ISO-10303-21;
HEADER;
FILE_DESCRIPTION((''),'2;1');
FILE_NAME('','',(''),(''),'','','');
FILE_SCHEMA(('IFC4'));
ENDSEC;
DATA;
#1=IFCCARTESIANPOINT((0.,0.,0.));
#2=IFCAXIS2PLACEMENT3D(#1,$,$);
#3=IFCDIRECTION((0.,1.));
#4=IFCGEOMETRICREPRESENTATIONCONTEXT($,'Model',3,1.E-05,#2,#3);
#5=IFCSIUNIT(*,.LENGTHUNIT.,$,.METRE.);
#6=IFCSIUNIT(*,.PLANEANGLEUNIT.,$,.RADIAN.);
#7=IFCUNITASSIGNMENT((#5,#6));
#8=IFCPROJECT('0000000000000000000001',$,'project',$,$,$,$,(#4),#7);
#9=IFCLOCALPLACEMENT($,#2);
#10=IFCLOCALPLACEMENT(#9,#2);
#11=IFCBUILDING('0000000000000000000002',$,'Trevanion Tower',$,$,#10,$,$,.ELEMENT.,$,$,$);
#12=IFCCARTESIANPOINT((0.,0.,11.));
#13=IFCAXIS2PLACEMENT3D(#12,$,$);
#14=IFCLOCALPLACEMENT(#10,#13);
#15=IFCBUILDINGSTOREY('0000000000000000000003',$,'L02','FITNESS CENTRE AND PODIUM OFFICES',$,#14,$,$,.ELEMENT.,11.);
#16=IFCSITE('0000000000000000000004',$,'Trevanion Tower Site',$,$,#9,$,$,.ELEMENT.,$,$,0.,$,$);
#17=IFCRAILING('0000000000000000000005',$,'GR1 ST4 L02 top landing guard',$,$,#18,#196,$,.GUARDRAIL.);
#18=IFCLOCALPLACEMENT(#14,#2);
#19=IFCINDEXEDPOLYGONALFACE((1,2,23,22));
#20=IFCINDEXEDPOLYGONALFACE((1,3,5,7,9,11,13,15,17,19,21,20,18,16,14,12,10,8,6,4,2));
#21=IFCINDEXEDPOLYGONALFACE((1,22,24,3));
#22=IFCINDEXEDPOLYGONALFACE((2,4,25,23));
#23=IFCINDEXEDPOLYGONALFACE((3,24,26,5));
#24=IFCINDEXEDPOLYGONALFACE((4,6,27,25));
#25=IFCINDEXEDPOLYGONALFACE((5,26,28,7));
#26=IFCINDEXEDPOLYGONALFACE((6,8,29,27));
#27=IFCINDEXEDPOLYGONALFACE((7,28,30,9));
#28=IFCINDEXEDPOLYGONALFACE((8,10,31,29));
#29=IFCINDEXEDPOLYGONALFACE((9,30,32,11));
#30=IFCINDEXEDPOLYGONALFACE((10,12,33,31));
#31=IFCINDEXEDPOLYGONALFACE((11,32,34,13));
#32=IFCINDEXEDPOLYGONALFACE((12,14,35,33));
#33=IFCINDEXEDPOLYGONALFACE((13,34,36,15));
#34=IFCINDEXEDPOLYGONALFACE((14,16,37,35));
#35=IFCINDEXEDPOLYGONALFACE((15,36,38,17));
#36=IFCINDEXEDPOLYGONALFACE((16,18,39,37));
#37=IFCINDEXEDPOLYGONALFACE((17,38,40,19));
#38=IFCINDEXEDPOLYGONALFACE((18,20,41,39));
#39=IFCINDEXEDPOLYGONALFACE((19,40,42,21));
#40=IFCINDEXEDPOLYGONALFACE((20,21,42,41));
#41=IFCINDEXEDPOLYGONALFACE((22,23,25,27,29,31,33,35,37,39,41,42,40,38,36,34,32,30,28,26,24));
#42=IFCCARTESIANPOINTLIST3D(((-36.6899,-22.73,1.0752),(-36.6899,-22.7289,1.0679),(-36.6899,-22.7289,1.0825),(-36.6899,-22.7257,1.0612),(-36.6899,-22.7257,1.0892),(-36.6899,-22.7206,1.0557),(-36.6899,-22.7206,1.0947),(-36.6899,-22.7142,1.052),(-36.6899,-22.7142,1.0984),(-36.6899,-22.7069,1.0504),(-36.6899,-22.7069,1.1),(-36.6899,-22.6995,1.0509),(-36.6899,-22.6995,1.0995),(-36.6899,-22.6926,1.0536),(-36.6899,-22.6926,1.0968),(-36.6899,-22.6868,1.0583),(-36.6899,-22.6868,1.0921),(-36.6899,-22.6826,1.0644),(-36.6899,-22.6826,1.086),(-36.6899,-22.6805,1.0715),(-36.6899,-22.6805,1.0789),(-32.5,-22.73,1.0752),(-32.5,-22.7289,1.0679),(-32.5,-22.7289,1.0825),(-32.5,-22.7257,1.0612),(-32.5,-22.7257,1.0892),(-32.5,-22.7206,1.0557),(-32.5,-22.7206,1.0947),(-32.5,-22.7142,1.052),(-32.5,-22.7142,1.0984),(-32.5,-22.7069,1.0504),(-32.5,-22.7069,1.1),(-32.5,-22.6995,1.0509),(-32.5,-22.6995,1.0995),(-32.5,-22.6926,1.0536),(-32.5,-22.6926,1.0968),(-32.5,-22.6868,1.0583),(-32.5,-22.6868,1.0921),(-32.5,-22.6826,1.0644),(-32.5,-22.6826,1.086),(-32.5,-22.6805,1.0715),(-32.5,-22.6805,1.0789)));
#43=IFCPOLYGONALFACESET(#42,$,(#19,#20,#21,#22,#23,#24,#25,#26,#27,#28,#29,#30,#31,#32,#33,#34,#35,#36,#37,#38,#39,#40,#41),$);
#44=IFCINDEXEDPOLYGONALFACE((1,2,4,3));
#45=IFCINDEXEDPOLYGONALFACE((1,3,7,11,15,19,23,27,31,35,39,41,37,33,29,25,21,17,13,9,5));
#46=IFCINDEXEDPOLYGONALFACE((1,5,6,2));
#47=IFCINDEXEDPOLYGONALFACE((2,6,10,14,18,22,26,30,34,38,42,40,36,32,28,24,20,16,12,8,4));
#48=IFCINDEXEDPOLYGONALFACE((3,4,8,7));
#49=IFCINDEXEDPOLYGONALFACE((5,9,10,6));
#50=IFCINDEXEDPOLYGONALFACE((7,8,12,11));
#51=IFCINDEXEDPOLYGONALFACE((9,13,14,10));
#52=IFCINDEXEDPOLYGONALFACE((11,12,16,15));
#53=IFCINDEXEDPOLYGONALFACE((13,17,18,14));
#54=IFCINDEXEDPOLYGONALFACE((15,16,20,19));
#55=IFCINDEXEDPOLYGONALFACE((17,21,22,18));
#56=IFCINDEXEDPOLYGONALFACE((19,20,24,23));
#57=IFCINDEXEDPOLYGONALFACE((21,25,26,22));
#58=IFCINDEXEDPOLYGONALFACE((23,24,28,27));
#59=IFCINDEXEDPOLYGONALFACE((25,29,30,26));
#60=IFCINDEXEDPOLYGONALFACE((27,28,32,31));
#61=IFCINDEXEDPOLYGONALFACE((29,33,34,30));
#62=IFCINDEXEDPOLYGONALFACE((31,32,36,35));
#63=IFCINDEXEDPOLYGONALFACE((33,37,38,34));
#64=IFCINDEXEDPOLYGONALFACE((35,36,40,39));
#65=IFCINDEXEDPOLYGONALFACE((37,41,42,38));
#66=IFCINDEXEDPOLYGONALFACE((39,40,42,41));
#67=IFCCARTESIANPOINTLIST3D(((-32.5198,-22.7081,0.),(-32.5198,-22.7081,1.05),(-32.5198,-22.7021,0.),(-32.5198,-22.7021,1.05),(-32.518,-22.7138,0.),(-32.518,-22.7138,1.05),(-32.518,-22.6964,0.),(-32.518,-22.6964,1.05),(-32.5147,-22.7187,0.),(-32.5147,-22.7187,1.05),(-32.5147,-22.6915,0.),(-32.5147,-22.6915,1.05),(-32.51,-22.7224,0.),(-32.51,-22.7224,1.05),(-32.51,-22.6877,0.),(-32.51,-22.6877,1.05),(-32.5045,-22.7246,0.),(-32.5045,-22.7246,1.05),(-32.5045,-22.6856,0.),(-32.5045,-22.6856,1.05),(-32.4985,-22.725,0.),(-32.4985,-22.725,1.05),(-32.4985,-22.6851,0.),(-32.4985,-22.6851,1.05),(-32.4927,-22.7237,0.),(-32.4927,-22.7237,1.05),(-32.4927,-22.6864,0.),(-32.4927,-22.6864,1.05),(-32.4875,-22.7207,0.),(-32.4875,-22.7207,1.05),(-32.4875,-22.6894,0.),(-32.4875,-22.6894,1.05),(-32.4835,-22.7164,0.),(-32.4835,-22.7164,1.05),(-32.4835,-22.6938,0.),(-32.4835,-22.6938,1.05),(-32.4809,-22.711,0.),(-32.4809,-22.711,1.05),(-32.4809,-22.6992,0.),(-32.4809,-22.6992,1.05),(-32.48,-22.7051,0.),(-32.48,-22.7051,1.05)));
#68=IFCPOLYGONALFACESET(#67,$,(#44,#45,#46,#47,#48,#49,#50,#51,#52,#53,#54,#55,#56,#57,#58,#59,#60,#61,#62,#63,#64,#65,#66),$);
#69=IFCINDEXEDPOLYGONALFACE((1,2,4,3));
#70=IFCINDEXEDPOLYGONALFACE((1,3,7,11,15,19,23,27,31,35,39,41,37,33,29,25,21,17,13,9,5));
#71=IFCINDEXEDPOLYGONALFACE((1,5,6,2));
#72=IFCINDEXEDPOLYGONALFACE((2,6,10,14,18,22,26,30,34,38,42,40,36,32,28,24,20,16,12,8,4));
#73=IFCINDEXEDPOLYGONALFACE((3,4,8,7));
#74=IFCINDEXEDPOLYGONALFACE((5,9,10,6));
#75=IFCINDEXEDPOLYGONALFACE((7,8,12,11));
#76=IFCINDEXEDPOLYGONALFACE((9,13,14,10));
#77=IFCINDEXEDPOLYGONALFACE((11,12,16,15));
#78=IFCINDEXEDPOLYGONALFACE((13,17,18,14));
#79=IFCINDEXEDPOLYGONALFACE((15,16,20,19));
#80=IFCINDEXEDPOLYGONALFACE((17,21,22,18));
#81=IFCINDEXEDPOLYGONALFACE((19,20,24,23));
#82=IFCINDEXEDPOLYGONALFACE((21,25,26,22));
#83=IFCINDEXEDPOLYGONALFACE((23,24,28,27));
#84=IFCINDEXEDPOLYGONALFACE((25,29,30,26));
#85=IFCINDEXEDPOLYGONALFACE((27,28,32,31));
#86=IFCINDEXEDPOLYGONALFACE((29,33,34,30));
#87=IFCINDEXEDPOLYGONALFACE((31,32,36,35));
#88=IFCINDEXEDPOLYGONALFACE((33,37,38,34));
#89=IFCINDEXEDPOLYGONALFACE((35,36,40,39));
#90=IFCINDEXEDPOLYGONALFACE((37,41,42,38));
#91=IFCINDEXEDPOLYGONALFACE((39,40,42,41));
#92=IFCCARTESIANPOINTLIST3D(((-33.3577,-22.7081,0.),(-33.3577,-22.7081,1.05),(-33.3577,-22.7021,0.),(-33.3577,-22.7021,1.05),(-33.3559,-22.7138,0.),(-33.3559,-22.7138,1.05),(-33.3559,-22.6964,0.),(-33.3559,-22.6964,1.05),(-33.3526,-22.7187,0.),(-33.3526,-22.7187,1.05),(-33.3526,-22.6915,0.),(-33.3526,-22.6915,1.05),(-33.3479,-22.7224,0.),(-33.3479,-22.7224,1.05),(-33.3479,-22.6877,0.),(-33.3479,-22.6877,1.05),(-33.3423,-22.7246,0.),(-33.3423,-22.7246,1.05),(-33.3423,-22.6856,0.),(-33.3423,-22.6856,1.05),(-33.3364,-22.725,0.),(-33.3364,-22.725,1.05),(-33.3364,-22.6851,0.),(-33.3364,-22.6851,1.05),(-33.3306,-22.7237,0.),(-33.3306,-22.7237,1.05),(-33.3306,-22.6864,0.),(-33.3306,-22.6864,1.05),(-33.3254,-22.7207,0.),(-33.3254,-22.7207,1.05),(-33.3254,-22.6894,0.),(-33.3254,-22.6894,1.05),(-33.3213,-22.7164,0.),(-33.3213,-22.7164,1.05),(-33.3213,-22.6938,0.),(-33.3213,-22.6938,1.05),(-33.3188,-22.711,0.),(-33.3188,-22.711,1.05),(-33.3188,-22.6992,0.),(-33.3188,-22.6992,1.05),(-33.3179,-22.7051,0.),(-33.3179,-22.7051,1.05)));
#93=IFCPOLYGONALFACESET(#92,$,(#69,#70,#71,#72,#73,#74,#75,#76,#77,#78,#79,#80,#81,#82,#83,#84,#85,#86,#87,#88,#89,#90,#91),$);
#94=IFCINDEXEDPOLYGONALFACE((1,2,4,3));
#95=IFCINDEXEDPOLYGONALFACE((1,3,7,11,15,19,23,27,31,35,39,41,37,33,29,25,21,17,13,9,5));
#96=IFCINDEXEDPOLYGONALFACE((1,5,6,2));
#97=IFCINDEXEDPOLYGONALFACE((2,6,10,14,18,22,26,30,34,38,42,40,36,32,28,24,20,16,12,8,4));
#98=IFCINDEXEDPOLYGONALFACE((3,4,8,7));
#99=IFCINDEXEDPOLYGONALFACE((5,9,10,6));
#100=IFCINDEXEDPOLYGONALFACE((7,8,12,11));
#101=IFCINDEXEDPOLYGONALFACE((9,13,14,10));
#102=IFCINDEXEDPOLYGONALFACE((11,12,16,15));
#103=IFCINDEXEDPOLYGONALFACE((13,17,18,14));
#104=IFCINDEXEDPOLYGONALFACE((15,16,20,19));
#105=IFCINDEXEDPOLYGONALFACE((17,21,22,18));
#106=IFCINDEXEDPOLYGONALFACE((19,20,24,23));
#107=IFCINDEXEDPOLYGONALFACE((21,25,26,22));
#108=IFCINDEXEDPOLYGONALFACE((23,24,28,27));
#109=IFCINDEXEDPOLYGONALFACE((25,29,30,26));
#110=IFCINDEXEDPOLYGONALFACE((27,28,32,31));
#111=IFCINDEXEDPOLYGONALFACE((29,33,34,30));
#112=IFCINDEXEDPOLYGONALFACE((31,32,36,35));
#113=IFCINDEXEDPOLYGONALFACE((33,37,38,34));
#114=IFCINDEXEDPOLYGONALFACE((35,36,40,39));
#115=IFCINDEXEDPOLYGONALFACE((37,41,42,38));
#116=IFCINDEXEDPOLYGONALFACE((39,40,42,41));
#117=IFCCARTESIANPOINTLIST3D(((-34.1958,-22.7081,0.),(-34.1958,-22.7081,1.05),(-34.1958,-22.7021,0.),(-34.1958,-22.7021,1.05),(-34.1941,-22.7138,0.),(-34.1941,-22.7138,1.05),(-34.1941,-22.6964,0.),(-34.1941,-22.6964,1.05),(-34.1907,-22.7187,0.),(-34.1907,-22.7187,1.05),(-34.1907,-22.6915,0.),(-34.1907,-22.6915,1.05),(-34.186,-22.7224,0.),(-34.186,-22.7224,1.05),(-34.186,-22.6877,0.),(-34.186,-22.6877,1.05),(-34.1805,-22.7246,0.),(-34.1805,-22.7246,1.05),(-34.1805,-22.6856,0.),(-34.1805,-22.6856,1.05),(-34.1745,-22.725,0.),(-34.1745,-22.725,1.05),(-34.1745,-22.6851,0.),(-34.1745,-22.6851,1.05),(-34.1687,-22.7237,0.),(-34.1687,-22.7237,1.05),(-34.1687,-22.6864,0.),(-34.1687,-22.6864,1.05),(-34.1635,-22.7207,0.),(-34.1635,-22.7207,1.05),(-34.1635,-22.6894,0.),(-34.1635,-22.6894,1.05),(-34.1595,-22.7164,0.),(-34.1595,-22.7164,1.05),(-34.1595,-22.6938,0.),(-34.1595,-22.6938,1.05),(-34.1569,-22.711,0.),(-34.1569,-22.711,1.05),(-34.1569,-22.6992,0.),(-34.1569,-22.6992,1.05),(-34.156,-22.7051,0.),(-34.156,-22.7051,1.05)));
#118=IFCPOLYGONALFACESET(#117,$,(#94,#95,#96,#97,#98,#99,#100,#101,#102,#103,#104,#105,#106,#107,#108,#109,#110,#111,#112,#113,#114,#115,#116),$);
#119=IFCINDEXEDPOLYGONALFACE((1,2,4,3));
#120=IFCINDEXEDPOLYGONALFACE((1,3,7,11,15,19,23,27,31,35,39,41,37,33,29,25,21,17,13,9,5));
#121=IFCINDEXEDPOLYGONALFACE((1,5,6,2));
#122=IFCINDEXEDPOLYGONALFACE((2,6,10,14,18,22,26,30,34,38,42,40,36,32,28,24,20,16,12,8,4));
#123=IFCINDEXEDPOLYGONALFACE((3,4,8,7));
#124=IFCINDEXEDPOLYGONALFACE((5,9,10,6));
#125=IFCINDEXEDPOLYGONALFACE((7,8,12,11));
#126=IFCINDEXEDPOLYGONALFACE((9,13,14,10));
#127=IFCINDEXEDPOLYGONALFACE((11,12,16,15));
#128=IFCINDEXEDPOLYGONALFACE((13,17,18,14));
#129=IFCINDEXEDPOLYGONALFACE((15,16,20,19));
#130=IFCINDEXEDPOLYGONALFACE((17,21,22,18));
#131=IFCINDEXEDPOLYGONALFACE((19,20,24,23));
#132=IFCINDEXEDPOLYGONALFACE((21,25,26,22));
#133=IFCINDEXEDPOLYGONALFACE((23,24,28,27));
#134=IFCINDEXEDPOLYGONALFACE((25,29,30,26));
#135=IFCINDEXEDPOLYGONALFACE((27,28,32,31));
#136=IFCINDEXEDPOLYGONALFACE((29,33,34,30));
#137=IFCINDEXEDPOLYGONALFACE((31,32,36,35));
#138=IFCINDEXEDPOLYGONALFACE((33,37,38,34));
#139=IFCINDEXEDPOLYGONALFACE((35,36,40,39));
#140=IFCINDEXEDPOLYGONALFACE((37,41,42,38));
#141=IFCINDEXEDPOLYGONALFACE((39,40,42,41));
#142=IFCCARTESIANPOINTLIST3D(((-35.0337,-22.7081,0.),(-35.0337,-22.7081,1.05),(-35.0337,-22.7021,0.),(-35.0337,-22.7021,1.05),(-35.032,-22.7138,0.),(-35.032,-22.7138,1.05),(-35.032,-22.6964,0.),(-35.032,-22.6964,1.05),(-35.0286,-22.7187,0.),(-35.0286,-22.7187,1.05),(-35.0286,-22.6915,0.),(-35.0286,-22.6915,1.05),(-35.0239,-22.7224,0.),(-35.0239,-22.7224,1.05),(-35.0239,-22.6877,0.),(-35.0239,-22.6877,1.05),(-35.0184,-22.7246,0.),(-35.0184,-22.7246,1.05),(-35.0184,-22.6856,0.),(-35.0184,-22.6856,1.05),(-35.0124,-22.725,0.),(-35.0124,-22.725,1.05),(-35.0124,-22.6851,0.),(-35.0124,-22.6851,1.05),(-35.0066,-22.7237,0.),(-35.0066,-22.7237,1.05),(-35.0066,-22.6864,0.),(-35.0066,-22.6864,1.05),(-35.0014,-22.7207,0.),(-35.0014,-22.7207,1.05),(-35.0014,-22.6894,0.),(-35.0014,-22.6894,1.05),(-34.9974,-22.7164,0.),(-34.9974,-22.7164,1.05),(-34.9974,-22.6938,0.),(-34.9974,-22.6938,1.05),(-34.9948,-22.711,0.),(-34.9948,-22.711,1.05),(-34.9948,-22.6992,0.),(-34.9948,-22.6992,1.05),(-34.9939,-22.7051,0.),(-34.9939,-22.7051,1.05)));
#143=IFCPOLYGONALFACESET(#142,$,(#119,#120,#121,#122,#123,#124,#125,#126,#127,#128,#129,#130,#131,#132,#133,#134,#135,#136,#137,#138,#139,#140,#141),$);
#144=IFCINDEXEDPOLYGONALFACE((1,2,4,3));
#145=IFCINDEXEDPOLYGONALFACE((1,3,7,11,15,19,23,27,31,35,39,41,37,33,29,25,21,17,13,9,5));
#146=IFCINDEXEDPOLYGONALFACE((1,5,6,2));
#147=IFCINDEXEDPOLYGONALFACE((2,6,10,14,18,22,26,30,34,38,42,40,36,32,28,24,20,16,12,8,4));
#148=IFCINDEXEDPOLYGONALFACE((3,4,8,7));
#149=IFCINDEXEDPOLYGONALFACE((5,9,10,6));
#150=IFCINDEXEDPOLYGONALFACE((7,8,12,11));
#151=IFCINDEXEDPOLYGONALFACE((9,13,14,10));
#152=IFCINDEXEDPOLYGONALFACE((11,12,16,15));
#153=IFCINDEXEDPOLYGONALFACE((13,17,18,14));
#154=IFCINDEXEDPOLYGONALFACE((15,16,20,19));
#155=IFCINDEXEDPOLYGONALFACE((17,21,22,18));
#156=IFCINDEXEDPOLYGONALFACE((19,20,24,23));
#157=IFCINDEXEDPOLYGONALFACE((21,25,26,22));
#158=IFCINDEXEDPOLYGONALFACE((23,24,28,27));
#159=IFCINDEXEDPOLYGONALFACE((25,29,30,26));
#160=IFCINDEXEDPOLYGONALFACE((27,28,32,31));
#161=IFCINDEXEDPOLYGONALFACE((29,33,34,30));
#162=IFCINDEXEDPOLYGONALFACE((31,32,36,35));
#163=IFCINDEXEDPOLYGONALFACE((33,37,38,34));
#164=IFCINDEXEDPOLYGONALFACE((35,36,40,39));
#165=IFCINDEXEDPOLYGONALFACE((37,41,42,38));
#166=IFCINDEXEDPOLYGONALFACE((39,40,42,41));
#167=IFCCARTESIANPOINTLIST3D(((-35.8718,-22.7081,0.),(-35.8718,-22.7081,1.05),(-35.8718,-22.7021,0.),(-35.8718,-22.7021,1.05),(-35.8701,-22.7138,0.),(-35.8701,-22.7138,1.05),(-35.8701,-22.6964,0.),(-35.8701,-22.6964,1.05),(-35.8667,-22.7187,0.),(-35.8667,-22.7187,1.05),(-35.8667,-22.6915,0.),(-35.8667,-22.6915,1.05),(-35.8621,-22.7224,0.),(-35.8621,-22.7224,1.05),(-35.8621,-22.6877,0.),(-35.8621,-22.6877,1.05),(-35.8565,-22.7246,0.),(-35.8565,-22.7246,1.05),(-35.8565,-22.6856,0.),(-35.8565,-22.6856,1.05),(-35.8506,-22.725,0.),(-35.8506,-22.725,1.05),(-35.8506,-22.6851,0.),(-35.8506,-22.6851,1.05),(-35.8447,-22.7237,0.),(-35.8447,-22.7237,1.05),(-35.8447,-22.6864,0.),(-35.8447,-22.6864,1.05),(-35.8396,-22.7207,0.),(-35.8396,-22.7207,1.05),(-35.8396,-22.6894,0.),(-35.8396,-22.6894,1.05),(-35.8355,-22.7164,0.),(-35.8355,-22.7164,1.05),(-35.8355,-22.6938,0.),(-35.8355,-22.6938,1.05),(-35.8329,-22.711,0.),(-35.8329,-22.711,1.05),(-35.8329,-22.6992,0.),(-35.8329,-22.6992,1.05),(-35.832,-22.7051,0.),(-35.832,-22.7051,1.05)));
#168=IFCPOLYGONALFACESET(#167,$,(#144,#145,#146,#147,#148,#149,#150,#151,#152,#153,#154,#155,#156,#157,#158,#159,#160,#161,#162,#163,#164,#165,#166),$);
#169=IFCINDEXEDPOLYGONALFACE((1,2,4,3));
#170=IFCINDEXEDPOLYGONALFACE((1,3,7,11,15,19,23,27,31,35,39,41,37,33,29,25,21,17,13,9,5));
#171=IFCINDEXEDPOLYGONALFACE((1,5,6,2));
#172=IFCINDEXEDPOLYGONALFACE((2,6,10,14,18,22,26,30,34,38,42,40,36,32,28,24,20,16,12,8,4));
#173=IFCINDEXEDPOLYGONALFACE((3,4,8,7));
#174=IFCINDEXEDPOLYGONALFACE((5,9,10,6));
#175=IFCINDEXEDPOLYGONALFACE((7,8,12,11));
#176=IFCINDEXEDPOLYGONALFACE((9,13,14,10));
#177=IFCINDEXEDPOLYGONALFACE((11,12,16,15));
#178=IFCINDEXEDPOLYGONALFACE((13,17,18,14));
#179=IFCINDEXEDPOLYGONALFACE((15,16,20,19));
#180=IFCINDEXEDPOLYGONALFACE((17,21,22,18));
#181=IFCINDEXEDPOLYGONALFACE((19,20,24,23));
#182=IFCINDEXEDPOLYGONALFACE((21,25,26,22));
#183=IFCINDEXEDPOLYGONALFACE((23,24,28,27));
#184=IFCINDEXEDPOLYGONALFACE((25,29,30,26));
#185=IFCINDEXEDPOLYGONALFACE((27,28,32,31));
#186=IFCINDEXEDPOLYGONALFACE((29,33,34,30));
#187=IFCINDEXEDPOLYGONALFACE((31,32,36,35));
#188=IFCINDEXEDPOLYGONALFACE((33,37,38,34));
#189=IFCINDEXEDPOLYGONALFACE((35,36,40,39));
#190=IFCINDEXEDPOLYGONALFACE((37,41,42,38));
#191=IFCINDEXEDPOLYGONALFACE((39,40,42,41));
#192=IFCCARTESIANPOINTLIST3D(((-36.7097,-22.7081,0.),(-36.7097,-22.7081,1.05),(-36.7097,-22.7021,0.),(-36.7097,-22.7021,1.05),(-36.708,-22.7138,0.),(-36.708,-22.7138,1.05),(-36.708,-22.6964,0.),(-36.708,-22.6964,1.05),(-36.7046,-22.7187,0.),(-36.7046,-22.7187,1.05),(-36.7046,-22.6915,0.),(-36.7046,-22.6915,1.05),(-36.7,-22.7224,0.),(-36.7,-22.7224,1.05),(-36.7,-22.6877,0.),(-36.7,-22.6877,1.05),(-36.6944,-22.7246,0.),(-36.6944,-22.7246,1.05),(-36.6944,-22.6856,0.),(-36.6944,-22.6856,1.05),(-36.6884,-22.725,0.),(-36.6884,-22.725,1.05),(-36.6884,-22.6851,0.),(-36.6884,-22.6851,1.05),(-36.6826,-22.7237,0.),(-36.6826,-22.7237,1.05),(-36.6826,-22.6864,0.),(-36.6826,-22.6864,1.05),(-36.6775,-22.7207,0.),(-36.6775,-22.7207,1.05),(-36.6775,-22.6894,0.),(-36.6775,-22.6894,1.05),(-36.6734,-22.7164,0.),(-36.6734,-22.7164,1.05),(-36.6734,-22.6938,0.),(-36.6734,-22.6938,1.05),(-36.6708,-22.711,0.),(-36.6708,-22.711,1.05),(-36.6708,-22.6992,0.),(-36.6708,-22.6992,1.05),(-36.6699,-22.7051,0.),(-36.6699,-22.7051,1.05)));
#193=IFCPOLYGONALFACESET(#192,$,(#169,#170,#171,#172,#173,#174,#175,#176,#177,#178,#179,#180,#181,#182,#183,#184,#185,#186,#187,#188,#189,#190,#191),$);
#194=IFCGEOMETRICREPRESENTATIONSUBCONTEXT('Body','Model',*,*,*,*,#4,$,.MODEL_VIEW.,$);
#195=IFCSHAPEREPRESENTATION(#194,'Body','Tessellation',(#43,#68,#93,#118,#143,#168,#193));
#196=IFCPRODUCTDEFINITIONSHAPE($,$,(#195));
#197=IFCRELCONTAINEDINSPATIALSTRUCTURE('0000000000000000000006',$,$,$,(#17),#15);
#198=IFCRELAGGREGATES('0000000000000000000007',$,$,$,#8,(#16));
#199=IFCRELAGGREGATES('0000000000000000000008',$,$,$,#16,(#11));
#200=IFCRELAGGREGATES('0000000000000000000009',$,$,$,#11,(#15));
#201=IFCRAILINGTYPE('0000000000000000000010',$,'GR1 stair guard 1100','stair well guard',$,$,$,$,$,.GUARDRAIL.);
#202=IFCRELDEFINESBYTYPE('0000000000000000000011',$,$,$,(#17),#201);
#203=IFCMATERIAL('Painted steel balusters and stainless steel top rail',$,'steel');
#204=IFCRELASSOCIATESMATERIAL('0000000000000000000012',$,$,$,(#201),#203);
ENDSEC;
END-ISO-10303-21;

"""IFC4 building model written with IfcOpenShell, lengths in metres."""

from ifc_helpers import new_model, si_unit, direction, frame, origin, origin_2d, place, context, subcontext, project, spatial, circle, extrude, material, type_object, element, save


model = new_model("IFC4")

# Units and contexts
model_context = context("Model", 3, precision=1e-05, world=origin(), true_north=direction((0.0, 1.0)))
body_context = subcontext(model_context, "Body", "Model", "MODEL_VIEW")
ifc_project = project(units=[si_unit("LENGTHUNIT", "METRE"), si_unit("PLANEANGLEUNIT", "RADIAN")], contexts=[model_context])

# Site, building, storey
site_placement = place(None, origin())
site = spatial("IfcSite", under=ifc_project, at=site_placement, Name="Trevanion Tower Site", CompositionType="ELEMENT", RefElevation=0.0)
building_placement = place(site_placement, origin())
building = spatial("IfcBuilding", under=site, at=building_placement, Name="Trevanion Tower", CompositionType="ELEMENT")
storey_placement = place(building_placement, frame((0.0, 0.0, 11.0)))
storey = spatial("IfcBuildingStorey", under=building, at=storey_placement, Name="L02", Description="FITNESS CENTRE AND PODIUM OFFICES", CompositionType="ELEMENT", Elevation=11.0)

# Railing
ifc_material_1 = material(Name="Painted steel balusters and stainless steel top rail", Category="steel")
railing_type = type_object("IfcRailingType", Name="GR1 stair guard 1100", Description="stair well guard", PredefinedType="GUARDRAIL", material=ifc_material_1)
railing_placement = place(storey_placement, frame((-32.5, -22.7051, 0.0)))
element("IfcRailing", 1, at=railing_placement, inside=storey, type_object=railing_type, Name="GR1 ST4 L02 top landing guard", PredefinedType="GUARDRAIL", context=body_context, shape_type="SweptSolid", body=[
    extrude(circle(Radius=0.0249, at=origin_2d()), frame((0.0, 0.0, 1.0752), z_axis=(-1.0, 0.0, 0.0), x_axis=(0.0, -1.0, 0.0)), (0.0, 0.0, 1.0), 4.1899),
    extrude(circle(Radius=0.02, at=origin_2d()), origin(), (0.0, 0.0, 1.0), 1.05),
    extrude(circle(Radius=0.02, at=origin_2d()), frame((-0.8379, 0.0, 0.0)), (0.0, 0.0, 1.0), 1.05),
    extrude(circle(Radius=0.02, at=origin_2d()), frame((-1.676, 0.0, 0.0)), (0.0, 0.0, 1.0), 1.05),
    extrude(circle(Radius=0.02, at=origin_2d()), frame((-2.5139, 0.0, 0.0)), (0.0, 0.0, 1.0), 1.05),
    extrude(circle(Radius=0.02, at=origin_2d()), frame((-3.3521, 0.0, 0.0)), (0.0, 0.0, 1.0), 1.05),
    extrude(circle(Radius=0.02, at=origin_2d()), frame((-4.1899, 0.0, 0.0)), (0.0, 0.0, 1.0), 1.05),
])

save(model, "model.ifc")
